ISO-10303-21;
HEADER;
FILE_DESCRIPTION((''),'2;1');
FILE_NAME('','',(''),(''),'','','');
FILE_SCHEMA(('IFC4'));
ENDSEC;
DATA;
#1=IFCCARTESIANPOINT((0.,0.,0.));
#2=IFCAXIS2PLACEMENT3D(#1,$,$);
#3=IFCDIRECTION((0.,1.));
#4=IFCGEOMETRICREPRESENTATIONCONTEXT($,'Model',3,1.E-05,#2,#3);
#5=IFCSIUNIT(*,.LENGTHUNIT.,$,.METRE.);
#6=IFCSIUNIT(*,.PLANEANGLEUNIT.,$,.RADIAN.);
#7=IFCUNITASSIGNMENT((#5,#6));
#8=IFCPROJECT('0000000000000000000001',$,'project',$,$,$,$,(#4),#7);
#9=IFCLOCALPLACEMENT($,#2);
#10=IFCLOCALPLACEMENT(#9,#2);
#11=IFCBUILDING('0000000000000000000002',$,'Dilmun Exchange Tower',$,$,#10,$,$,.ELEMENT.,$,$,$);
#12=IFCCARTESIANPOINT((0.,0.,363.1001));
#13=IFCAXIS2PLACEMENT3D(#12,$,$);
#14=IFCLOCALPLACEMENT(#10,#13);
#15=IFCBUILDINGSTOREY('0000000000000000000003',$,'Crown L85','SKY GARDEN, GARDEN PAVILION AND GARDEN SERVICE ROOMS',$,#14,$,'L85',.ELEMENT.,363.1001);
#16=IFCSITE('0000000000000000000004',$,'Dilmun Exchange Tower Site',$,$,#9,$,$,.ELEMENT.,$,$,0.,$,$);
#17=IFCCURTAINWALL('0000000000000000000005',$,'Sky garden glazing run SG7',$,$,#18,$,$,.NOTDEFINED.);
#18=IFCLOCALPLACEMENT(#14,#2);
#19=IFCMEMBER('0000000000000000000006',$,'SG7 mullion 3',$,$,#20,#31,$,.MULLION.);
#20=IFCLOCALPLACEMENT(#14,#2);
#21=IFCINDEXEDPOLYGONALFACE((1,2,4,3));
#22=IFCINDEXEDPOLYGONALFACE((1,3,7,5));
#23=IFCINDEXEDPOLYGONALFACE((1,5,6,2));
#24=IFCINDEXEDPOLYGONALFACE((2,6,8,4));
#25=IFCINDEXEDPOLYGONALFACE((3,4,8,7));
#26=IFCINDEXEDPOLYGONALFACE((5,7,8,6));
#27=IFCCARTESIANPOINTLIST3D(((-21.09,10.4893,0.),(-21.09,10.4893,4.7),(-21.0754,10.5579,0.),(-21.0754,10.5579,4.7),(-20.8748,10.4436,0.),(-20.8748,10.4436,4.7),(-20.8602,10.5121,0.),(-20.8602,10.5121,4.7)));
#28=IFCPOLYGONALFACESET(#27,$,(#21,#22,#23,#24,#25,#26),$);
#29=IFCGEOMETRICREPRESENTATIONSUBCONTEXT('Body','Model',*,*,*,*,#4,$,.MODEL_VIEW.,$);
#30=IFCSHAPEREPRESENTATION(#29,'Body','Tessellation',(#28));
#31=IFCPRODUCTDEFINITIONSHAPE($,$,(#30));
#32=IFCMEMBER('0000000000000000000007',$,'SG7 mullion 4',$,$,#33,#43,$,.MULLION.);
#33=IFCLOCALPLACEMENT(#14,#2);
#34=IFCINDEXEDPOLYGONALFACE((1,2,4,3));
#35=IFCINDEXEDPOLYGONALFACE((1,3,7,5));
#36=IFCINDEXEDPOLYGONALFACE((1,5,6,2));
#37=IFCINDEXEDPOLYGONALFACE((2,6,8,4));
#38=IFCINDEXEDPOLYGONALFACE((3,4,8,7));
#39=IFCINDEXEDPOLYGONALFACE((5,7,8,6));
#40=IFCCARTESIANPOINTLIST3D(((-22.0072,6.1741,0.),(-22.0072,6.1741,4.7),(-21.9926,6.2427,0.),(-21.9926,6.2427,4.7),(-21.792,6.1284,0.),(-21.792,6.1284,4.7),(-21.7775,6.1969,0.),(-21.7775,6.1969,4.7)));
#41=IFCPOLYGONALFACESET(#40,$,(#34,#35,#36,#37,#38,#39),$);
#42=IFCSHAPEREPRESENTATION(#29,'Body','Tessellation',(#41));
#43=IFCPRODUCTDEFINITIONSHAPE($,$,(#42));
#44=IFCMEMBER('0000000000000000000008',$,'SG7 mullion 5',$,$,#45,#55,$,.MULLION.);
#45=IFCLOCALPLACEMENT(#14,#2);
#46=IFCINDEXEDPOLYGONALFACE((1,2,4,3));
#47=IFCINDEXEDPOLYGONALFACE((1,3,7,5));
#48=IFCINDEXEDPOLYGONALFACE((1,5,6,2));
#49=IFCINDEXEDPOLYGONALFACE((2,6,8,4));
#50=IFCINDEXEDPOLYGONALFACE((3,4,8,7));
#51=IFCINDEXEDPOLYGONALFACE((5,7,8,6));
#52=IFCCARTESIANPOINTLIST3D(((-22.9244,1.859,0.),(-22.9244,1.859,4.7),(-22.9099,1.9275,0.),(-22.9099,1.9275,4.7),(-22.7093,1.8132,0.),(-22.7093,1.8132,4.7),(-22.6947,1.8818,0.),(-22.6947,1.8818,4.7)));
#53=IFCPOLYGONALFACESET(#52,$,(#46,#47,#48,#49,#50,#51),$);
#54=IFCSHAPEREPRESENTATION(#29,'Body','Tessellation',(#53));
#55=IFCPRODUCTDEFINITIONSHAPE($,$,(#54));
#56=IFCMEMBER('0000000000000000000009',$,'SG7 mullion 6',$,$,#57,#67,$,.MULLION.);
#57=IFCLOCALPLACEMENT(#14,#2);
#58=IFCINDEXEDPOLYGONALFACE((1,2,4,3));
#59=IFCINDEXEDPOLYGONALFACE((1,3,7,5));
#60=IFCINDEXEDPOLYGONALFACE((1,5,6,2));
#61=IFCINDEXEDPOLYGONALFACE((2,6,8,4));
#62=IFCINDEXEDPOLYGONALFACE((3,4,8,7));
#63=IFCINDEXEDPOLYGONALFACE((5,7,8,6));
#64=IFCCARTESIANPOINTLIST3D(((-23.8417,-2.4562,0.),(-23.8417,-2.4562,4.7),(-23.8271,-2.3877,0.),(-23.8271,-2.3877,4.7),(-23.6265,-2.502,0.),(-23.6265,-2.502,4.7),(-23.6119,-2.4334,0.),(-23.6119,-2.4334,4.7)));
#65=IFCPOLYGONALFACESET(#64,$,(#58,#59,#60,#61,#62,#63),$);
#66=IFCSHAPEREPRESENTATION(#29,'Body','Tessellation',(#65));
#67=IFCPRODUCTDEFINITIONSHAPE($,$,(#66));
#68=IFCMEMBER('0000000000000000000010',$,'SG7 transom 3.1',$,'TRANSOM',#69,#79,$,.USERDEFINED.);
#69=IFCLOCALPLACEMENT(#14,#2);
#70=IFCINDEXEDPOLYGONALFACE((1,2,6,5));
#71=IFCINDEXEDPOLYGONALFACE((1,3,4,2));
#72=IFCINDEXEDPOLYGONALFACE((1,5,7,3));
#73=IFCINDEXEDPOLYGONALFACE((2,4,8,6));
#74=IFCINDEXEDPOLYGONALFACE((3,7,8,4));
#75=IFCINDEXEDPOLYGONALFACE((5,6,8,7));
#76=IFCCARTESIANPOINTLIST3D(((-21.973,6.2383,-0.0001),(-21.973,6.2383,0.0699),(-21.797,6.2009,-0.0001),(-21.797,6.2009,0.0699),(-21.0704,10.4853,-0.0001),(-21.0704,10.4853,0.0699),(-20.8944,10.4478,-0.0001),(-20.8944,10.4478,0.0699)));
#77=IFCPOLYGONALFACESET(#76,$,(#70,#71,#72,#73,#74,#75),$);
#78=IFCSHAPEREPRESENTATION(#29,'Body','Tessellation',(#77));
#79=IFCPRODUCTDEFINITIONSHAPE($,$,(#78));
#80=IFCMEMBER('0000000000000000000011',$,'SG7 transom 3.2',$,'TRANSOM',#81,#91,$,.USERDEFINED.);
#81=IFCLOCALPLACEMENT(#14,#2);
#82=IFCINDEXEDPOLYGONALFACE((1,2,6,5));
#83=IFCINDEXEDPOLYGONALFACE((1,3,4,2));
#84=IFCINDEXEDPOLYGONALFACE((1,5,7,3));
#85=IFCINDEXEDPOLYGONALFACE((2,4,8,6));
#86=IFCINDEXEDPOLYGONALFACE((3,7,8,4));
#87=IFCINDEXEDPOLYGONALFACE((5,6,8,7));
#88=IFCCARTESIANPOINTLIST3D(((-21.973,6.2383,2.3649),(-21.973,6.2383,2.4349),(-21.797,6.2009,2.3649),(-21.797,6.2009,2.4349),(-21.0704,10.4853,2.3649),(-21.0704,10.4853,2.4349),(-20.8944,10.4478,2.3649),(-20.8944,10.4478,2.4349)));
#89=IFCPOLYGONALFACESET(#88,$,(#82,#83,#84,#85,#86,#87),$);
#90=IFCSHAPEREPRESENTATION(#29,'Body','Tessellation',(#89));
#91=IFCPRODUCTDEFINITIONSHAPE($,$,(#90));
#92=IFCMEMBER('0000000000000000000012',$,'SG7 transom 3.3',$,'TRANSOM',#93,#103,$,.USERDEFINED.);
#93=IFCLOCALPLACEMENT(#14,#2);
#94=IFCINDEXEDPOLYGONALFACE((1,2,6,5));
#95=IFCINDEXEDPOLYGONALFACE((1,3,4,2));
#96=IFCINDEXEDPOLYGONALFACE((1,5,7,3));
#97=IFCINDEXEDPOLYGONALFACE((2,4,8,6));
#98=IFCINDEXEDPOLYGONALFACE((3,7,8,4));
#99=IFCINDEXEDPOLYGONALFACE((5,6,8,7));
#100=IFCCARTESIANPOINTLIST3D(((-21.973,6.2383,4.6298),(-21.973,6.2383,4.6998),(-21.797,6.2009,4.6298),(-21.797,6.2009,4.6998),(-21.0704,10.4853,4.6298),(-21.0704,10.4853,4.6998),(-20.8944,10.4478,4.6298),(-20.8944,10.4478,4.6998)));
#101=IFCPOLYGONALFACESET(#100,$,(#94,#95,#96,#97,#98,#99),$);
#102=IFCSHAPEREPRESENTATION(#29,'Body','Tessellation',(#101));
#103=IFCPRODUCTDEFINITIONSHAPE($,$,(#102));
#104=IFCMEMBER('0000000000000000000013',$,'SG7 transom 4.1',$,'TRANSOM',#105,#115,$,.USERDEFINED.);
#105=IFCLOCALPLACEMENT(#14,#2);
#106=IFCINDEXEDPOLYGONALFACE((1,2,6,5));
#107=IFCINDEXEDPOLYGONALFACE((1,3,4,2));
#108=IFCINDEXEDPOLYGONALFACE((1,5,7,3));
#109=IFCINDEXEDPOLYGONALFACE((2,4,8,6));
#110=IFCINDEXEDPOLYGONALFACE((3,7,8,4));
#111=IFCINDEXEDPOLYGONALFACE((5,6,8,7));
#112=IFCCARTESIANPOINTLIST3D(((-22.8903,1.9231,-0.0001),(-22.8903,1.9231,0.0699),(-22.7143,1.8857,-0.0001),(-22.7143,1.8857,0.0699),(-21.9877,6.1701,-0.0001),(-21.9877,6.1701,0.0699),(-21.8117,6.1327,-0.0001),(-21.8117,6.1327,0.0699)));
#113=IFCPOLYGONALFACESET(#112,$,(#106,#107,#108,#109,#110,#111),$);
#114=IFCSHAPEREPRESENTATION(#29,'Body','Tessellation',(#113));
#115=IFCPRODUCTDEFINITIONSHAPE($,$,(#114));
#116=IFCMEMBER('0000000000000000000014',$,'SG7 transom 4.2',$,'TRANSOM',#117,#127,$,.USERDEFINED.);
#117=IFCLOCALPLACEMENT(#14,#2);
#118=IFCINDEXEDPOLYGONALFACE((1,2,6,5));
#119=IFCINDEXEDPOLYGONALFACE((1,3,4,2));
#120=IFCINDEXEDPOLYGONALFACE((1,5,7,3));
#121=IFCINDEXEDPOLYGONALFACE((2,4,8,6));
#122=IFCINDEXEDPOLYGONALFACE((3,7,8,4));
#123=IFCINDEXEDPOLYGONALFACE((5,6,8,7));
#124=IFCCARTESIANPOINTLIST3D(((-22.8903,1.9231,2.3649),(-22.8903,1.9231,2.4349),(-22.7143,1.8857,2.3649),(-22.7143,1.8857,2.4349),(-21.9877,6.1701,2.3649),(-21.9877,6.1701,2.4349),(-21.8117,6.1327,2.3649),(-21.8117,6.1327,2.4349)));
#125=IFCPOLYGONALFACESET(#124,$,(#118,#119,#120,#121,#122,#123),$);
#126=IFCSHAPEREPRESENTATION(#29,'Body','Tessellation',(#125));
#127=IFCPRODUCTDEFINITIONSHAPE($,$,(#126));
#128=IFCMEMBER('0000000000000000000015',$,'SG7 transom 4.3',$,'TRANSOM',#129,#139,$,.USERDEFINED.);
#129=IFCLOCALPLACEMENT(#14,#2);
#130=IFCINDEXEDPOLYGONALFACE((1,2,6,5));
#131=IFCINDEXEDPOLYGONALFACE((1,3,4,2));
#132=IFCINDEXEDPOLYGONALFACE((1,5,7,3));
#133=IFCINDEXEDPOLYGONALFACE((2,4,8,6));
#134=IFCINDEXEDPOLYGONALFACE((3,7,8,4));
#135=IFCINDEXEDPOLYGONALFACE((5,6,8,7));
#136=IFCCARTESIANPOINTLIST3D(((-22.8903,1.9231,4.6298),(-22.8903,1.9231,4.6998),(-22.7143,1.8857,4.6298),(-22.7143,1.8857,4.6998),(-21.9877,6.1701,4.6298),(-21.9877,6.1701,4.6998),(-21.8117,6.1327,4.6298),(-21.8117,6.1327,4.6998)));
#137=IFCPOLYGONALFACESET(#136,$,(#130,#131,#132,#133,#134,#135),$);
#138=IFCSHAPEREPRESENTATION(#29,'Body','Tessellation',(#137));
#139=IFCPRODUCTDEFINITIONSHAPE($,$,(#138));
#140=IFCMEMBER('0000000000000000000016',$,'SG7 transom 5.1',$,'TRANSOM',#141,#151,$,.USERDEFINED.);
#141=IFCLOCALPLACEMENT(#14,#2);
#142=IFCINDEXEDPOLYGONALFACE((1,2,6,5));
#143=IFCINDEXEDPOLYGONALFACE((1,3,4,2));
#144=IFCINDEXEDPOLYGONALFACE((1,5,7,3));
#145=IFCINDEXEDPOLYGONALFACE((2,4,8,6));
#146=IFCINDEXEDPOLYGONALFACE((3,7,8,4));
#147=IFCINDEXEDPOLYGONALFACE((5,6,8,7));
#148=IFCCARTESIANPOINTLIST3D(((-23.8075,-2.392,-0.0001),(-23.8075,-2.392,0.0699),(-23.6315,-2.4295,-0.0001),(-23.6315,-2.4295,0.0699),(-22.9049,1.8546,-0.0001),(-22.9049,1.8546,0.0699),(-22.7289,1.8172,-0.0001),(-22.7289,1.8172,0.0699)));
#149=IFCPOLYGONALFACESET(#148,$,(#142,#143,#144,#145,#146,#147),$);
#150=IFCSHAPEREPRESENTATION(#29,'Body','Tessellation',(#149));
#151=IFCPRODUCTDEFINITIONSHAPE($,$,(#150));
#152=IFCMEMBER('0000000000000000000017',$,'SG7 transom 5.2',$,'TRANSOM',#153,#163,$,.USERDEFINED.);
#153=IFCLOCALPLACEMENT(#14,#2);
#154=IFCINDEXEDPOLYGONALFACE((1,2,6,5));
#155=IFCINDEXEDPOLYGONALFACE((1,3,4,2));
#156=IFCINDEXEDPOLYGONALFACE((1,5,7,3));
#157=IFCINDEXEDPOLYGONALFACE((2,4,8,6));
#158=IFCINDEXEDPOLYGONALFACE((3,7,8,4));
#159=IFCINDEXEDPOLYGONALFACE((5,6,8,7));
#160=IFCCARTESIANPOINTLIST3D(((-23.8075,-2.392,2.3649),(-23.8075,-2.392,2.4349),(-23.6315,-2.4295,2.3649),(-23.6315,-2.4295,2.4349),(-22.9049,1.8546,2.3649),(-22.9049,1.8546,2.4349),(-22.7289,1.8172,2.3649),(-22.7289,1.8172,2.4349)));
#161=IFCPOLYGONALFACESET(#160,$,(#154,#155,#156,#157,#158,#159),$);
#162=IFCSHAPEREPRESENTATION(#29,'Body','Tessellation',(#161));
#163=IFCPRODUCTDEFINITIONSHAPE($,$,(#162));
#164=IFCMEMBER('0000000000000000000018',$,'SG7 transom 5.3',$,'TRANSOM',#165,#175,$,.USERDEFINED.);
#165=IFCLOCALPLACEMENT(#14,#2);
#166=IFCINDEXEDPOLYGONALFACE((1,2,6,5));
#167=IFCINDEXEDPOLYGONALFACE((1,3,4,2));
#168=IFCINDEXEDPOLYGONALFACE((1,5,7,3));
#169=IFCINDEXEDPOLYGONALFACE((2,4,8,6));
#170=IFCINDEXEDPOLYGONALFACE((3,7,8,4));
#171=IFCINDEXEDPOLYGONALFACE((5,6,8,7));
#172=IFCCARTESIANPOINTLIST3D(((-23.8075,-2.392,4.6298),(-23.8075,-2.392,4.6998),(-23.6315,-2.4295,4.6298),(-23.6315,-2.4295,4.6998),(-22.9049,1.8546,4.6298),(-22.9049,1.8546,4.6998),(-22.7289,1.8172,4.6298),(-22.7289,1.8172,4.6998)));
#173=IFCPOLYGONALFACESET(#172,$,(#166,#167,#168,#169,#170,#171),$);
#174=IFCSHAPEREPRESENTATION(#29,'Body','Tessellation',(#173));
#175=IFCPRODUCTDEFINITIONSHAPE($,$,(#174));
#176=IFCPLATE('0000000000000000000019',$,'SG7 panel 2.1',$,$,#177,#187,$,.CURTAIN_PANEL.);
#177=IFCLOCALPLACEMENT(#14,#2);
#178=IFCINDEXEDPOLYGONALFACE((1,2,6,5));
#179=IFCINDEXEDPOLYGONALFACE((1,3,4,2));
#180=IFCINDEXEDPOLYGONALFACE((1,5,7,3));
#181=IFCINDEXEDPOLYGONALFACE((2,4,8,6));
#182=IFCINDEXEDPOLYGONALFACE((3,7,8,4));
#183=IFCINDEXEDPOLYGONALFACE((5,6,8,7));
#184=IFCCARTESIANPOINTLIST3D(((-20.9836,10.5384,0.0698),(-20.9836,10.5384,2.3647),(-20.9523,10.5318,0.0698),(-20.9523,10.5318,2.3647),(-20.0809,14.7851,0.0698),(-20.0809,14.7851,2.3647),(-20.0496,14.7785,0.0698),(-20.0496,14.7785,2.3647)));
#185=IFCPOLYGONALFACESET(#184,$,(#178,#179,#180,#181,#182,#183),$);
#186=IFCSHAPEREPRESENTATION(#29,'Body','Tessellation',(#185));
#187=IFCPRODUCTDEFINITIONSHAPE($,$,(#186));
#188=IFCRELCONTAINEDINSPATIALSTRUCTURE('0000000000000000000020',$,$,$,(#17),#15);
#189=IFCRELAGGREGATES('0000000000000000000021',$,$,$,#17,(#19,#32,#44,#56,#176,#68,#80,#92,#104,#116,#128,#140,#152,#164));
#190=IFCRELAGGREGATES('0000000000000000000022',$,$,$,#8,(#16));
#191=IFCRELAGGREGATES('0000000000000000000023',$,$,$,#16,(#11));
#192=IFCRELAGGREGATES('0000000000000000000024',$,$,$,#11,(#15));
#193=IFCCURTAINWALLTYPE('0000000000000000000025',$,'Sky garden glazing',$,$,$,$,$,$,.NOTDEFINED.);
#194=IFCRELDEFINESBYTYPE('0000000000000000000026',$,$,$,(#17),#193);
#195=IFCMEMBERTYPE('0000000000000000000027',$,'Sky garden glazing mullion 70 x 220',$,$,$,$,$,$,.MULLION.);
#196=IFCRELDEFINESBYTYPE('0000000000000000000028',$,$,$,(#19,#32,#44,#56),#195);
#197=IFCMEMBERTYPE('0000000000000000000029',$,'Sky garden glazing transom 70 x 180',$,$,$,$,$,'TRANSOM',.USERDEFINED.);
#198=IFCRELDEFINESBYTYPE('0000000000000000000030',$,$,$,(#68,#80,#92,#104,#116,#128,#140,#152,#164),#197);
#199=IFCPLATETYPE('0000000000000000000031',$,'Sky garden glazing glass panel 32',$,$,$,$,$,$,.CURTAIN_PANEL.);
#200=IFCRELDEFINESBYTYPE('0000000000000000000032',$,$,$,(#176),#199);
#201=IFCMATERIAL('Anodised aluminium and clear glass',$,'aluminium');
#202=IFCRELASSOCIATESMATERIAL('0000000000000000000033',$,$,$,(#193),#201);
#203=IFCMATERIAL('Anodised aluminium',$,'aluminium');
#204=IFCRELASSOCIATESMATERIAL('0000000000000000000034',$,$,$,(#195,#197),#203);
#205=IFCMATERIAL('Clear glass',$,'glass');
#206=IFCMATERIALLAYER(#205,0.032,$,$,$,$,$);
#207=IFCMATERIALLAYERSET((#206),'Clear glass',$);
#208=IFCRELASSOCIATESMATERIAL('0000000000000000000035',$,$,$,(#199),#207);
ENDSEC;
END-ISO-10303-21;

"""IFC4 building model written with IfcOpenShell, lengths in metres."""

from ifc_helpers import new_model, si_unit, direction, frame, origin, origin_2d, place, context, subcontext, project, spatial, rectangle, extrude, material, layer, layer_set, material_profile, profile_set, type_object, element, aggregate, save


model = new_model("IFC4")

# Units and contexts
model_context = context("Model", 3, precision=1e-05, world=origin(), true_north=direction((0.0, 1.0)))
body_context = subcontext(model_context, "Body", "Model", "MODEL_VIEW")
ifc_project = project(units=[si_unit("LENGTHUNIT", "METRE"), si_unit("PLANEANGLEUNIT", "RADIAN")], contexts=[model_context])

# Site, building, storey
site_placement = place(None, origin())
site = spatial("IfcSite", under=ifc_project, at=site_placement, Name="Dilmun Exchange Tower Site", CompositionType="ELEMENT", RefElevation=0.0)
building_placement = place(site_placement, origin())
building = spatial("IfcBuilding", under=site, at=building_placement, Name="Dilmun Exchange Tower", CompositionType="ELEMENT")
storey_placement = place(building_placement, frame((0.0, 0.0, 363.1001)))
storey = spatial("IfcBuildingStorey", under=building, at=storey_placement, Name="Crown L85", Description="SKY GARDEN, GARDEN PAVILION AND GARDEN SERVICE ROOMS", LongName="L85", CompositionType="ELEMENT", Elevation=363.1001)

# Curtain wall, members, plate
ifc_material_1 = material(Name="Anodised aluminium and clear glass", Category="aluminium")
curtain_wall_type = type_object("IfcCurtainWallType", Name="Sky garden glazing", PredefinedType="NOTDEFINED", material=ifc_material_1)
curtain_wall_placement = place(storey_placement, origin())
curtain_wall = element("IfcCurtainWall", 1, at=curtain_wall_placement, inside=storey, type_object=curtain_wall_type, Name="Sky garden glazing run SG7", PredefinedType="NOTDEFINED")
ifc_material_2 = material(Name="Anodised aluminium", Category="aluminium")
ifc_material_profile_1 = material_profile(ifc_material_2, rectangle(XDim=0.22, YDim=0.0701, at=origin_2d()), Name="AL 70x220")
ifc_profile_set_1 = profile_set([ifc_material_profile_1], Name="Anodised aluminium")
member_type_1 = type_object("IfcMemberType", Name="Sky garden glazing mullion 70 x 220", PredefinedType="MULLION", material=ifc_profile_set_1)
member_1_placement = place(storey_placement, frame((-20.9751, 10.5007, 0.0), z_axis=(0.0, 0.0, 1.0), x_axis=(0.978148, -0.207911, 0.0)))
member_1 = element("IfcMember", 2, at=member_1_placement, type_object=member_type_1, Name="SG7 mullion 3", PredefinedType="MULLION", context=body_context, shape_type="SweptSolid", body=[
    extrude(rectangle(XDim=0.22, YDim=0.0701, at=origin_2d()), origin(), (0.0, 0.0, 1.0), 4.7),
])
member_2_placement = place(storey_placement, frame((-21.8923, 6.1855, 0.0), z_axis=(0.0, 0.0, 1.0), x_axis=(0.978148, -0.207911, 0.0)))
member_2 = element("IfcMember", 3, at=member_2_placement, type_object=member_type_1, Name="SG7 mullion 4", PredefinedType="MULLION", context=body_context, shape_type="SweptSolid", body=[
    extrude(rectangle(XDim=0.22, YDim=0.0701, at=origin_2d()), origin(), (0.0, 0.0, 1.0), 4.7),
])
member_3_placement = place(storey_placement, frame((-22.8096, 1.8704, 0.0), z_axis=(0.0, 0.0, 1.0), x_axis=(0.978148, -0.207911, 0.0)))
member_3 = element("IfcMember", 4, at=member_3_placement, type_object=member_type_1, Name="SG7 mullion 5", PredefinedType="MULLION", context=body_context, shape_type="SweptSolid", body=[
    extrude(rectangle(XDim=0.22, YDim=0.0701, at=origin_2d()), origin(), (0.0, 0.0, 1.0), 4.7),
])
member_4_placement = place(storey_placement, frame((-23.7268, -2.4448, 0.0), z_axis=(0.0, 0.0, 1.0), x_axis=(0.978148, -0.207911, 0.0)))
member_4 = element("IfcMember", 5, at=member_4_placement, type_object=member_type_1, Name="SG7 mullion 6", PredefinedType="MULLION", context=body_context, shape_type="SweptSolid", body=[
    extrude(rectangle(XDim=0.22, YDim=0.0701, at=origin_2d()), origin(), (0.0, 0.0, 1.0), 4.7),
])
ifc_material_profile_2 = material_profile(ifc_material_2, rectangle(XDim=0.1799, YDim=0.0701, at=origin_2d()), Name="AL 70x180")
ifc_profile_set_2 = profile_set([ifc_material_profile_2], Name="Anodised aluminium")
member_type_2 = type_object("IfcMemberType", Name="Sky garden glazing transom 70 x 180", ElementType="TRANSOM", PredefinedType="USERDEFINED", material=ifc_profile_set_2)
member_5_placement = place(storey_placement, frame((-20.9824, 10.4666, 0.0349), z_axis=(-0.207889, -0.978152, 0.0), x_axis=(0.978152, -0.207889, 0.0)))
member_5 = element("IfcMember", 6, at=member_5_placement, type_object=member_type_2, Name="SG7 transom 3.1", ObjectType="TRANSOM", PredefinedType="USERDEFINED", context=body_context, shape_type="SweptSolid", body=[
    extrude(rectangle(XDim=0.1799, YDim=0.0701, at=origin_2d()), origin(), (0.0, 0.0, 1.0), 4.3418),
])
member_6_placement = place(storey_placement, frame((-20.9824, 10.4666, 2.3999), z_axis=(-0.207889, -0.978152, 0.0), x_axis=(0.978152, -0.207889, 0.0)))
member_6 = element("IfcMember", 7, at=member_6_placement, type_object=member_type_2, Name="SG7 transom 3.2", ObjectType="TRANSOM", PredefinedType="USERDEFINED", context=body_context, shape_type="SweptSolid", body=[
    extrude(rectangle(XDim=0.1799, YDim=0.0701, at=origin_2d()), origin(), (0.0, 0.0, 1.0), 4.3418),
])
member_7_placement = place(storey_placement, frame((-20.9824, 10.4666, 4.6648), z_axis=(-0.207889, -0.978152, 0.0), x_axis=(0.978152, -0.207889, 0.0)))
member_7 = element("IfcMember", 8, at=member_7_placement, type_object=member_type_2, Name="SG7 transom 3.3", ObjectType="TRANSOM", PredefinedType="USERDEFINED", context=body_context, shape_type="SweptSolid", body=[
    extrude(rectangle(XDim=0.1799, YDim=0.0701, at=origin_2d()), origin(), (0.0, 0.0, 1.0), 4.3418),
])
member_8_placement = place(storey_placement, frame((-21.8997, 6.1514, 0.0349), z_axis=(-0.207889, -0.978152, 0.0), x_axis=(0.978152, -0.207889, 0.0)))
member_8 = element("IfcMember", 9, at=member_8_placement, type_object=member_type_2, Name="SG7 transom 4.1", ObjectType="TRANSOM", PredefinedType="USERDEFINED", context=body_context, shape_type="SweptSolid", body=[
    extrude(rectangle(XDim=0.1799, YDim=0.0701, at=origin_2d()), origin(), (0.0, 0.0, 1.0), 4.3418),
])
member_9_placement = place(storey_placement, frame((-21.8997, 6.1514, 2.3999), z_axis=(-0.207889, -0.978152, 0.0), x_axis=(0.978152, -0.207889, 0.0)))
member_9 = element("IfcMember", 10, at=member_9_placement, type_object=member_type_2, Name="SG7 transom 4.2", ObjectType="TRANSOM", PredefinedType="USERDEFINED", context=body_context, shape_type="SweptSolid", body=[
    extrude(rectangle(XDim=0.1799, YDim=0.0701, at=origin_2d()), origin(), (0.0, 0.0, 1.0), 4.3418),
])
member_10_placement = place(storey_placement, frame((-21.8997, 6.1514, 4.6648), z_axis=(-0.207889, -0.978152, 0.0), x_axis=(0.978152, -0.207889, 0.0)))
member_10 = element("IfcMember", 11, at=member_10_placement, type_object=member_type_2, Name="SG7 transom 4.3", ObjectType="TRANSOM", PredefinedType="USERDEFINED", context=body_context, shape_type="SweptSolid", body=[
    extrude(rectangle(XDim=0.1799, YDim=0.0701, at=origin_2d()), origin(), (0.0, 0.0, 1.0), 4.3418),
])
member_11_placement = place(storey_placement, frame((-22.8169, 1.8359, 0.0349), z_axis=(-0.2079, -0.97815, 0.0), x_axis=(0.97815, -0.2079, 0.0)))
member_11 = element("IfcMember", 12, at=member_11_placement, type_object=member_type_2, Name="SG7 transom 5.1", ObjectType="TRANSOM", PredefinedType="USERDEFINED", context=body_context, shape_type="SweptSolid", body=[
    extrude(rectangle(XDim=0.1799, YDim=0.0701, at=origin_2d()), origin(), (0.0, 0.0, 1.0), 4.3416),
])
member_12_placement = place(storey_placement, frame((-22.8169, 1.8359, 2.3999), z_axis=(-0.2079, -0.97815, 0.0), x_axis=(0.97815, -0.2079, 0.0)))
member_12 = element("IfcMember", 13, at=member_12_placement, type_object=member_type_2, Name="SG7 transom 5.2", ObjectType="TRANSOM", PredefinedType="USERDEFINED", context=body_context, shape_type="SweptSolid", body=[
    extrude(rectangle(XDim=0.1799, YDim=0.0701, at=origin_2d()), origin(), (0.0, 0.0, 1.0), 4.3416),
])
member_13_placement = place(storey_placement, frame((-22.8169, 1.8359, 4.6648), z_axis=(-0.2079, -0.97815, 0.0), x_axis=(0.97815, -0.2079, 0.0)))
member_13 = element("IfcMember", 14, at=member_13_placement, type_object=member_type_2, Name="SG7 transom 5.3", ObjectType="TRANSOM", PredefinedType="USERDEFINED", context=body_context, shape_type="SweptSolid", body=[
    extrude(rectangle(XDim=0.1799, YDim=0.0701, at=origin_2d()), origin(), (0.0, 0.0, 1.0), 4.3416),
])
ifc_material_3 = material(Name="Clear glass", Category="glass")
ifc_layer_1 = layer(ifc_material_3, 0.032)
ifc_layer_set_1 = layer_set([ifc_layer_1], Name="Clear glass")
plate_type = type_object("IfcPlateType", Name="Sky garden glazing glass panel 32", PredefinedType="CURTAIN_PANEL", material=ifc_layer_set_1)
plate_1_placement = place(storey_placement, frame((-20.5166, 12.6584, 0.0698), z_axis=(0.0, 0.0, 1.0), x_axis=(-0.207911, -0.978148, 0.0)))
plate_1 = element("IfcPlate", 15, at=plate_1_placement, type_object=plate_type, Name="SG7 panel 2.1", PredefinedType="CURTAIN_PANEL", context=body_context, shape_type="SweptSolid", body=[
    extrude(rectangle(XDim=4.3416, YDim=0.032, at=origin_2d()), origin(), (0.0, 0.0, 1.0), 2.2949),
])
aggregate(curtain_wall, [member_1, member_2, member_3, member_4, plate_1, member_5, member_6, member_7, member_8, member_9, member_10, member_11, member_12, member_13])

save(model, "model.ifc")
